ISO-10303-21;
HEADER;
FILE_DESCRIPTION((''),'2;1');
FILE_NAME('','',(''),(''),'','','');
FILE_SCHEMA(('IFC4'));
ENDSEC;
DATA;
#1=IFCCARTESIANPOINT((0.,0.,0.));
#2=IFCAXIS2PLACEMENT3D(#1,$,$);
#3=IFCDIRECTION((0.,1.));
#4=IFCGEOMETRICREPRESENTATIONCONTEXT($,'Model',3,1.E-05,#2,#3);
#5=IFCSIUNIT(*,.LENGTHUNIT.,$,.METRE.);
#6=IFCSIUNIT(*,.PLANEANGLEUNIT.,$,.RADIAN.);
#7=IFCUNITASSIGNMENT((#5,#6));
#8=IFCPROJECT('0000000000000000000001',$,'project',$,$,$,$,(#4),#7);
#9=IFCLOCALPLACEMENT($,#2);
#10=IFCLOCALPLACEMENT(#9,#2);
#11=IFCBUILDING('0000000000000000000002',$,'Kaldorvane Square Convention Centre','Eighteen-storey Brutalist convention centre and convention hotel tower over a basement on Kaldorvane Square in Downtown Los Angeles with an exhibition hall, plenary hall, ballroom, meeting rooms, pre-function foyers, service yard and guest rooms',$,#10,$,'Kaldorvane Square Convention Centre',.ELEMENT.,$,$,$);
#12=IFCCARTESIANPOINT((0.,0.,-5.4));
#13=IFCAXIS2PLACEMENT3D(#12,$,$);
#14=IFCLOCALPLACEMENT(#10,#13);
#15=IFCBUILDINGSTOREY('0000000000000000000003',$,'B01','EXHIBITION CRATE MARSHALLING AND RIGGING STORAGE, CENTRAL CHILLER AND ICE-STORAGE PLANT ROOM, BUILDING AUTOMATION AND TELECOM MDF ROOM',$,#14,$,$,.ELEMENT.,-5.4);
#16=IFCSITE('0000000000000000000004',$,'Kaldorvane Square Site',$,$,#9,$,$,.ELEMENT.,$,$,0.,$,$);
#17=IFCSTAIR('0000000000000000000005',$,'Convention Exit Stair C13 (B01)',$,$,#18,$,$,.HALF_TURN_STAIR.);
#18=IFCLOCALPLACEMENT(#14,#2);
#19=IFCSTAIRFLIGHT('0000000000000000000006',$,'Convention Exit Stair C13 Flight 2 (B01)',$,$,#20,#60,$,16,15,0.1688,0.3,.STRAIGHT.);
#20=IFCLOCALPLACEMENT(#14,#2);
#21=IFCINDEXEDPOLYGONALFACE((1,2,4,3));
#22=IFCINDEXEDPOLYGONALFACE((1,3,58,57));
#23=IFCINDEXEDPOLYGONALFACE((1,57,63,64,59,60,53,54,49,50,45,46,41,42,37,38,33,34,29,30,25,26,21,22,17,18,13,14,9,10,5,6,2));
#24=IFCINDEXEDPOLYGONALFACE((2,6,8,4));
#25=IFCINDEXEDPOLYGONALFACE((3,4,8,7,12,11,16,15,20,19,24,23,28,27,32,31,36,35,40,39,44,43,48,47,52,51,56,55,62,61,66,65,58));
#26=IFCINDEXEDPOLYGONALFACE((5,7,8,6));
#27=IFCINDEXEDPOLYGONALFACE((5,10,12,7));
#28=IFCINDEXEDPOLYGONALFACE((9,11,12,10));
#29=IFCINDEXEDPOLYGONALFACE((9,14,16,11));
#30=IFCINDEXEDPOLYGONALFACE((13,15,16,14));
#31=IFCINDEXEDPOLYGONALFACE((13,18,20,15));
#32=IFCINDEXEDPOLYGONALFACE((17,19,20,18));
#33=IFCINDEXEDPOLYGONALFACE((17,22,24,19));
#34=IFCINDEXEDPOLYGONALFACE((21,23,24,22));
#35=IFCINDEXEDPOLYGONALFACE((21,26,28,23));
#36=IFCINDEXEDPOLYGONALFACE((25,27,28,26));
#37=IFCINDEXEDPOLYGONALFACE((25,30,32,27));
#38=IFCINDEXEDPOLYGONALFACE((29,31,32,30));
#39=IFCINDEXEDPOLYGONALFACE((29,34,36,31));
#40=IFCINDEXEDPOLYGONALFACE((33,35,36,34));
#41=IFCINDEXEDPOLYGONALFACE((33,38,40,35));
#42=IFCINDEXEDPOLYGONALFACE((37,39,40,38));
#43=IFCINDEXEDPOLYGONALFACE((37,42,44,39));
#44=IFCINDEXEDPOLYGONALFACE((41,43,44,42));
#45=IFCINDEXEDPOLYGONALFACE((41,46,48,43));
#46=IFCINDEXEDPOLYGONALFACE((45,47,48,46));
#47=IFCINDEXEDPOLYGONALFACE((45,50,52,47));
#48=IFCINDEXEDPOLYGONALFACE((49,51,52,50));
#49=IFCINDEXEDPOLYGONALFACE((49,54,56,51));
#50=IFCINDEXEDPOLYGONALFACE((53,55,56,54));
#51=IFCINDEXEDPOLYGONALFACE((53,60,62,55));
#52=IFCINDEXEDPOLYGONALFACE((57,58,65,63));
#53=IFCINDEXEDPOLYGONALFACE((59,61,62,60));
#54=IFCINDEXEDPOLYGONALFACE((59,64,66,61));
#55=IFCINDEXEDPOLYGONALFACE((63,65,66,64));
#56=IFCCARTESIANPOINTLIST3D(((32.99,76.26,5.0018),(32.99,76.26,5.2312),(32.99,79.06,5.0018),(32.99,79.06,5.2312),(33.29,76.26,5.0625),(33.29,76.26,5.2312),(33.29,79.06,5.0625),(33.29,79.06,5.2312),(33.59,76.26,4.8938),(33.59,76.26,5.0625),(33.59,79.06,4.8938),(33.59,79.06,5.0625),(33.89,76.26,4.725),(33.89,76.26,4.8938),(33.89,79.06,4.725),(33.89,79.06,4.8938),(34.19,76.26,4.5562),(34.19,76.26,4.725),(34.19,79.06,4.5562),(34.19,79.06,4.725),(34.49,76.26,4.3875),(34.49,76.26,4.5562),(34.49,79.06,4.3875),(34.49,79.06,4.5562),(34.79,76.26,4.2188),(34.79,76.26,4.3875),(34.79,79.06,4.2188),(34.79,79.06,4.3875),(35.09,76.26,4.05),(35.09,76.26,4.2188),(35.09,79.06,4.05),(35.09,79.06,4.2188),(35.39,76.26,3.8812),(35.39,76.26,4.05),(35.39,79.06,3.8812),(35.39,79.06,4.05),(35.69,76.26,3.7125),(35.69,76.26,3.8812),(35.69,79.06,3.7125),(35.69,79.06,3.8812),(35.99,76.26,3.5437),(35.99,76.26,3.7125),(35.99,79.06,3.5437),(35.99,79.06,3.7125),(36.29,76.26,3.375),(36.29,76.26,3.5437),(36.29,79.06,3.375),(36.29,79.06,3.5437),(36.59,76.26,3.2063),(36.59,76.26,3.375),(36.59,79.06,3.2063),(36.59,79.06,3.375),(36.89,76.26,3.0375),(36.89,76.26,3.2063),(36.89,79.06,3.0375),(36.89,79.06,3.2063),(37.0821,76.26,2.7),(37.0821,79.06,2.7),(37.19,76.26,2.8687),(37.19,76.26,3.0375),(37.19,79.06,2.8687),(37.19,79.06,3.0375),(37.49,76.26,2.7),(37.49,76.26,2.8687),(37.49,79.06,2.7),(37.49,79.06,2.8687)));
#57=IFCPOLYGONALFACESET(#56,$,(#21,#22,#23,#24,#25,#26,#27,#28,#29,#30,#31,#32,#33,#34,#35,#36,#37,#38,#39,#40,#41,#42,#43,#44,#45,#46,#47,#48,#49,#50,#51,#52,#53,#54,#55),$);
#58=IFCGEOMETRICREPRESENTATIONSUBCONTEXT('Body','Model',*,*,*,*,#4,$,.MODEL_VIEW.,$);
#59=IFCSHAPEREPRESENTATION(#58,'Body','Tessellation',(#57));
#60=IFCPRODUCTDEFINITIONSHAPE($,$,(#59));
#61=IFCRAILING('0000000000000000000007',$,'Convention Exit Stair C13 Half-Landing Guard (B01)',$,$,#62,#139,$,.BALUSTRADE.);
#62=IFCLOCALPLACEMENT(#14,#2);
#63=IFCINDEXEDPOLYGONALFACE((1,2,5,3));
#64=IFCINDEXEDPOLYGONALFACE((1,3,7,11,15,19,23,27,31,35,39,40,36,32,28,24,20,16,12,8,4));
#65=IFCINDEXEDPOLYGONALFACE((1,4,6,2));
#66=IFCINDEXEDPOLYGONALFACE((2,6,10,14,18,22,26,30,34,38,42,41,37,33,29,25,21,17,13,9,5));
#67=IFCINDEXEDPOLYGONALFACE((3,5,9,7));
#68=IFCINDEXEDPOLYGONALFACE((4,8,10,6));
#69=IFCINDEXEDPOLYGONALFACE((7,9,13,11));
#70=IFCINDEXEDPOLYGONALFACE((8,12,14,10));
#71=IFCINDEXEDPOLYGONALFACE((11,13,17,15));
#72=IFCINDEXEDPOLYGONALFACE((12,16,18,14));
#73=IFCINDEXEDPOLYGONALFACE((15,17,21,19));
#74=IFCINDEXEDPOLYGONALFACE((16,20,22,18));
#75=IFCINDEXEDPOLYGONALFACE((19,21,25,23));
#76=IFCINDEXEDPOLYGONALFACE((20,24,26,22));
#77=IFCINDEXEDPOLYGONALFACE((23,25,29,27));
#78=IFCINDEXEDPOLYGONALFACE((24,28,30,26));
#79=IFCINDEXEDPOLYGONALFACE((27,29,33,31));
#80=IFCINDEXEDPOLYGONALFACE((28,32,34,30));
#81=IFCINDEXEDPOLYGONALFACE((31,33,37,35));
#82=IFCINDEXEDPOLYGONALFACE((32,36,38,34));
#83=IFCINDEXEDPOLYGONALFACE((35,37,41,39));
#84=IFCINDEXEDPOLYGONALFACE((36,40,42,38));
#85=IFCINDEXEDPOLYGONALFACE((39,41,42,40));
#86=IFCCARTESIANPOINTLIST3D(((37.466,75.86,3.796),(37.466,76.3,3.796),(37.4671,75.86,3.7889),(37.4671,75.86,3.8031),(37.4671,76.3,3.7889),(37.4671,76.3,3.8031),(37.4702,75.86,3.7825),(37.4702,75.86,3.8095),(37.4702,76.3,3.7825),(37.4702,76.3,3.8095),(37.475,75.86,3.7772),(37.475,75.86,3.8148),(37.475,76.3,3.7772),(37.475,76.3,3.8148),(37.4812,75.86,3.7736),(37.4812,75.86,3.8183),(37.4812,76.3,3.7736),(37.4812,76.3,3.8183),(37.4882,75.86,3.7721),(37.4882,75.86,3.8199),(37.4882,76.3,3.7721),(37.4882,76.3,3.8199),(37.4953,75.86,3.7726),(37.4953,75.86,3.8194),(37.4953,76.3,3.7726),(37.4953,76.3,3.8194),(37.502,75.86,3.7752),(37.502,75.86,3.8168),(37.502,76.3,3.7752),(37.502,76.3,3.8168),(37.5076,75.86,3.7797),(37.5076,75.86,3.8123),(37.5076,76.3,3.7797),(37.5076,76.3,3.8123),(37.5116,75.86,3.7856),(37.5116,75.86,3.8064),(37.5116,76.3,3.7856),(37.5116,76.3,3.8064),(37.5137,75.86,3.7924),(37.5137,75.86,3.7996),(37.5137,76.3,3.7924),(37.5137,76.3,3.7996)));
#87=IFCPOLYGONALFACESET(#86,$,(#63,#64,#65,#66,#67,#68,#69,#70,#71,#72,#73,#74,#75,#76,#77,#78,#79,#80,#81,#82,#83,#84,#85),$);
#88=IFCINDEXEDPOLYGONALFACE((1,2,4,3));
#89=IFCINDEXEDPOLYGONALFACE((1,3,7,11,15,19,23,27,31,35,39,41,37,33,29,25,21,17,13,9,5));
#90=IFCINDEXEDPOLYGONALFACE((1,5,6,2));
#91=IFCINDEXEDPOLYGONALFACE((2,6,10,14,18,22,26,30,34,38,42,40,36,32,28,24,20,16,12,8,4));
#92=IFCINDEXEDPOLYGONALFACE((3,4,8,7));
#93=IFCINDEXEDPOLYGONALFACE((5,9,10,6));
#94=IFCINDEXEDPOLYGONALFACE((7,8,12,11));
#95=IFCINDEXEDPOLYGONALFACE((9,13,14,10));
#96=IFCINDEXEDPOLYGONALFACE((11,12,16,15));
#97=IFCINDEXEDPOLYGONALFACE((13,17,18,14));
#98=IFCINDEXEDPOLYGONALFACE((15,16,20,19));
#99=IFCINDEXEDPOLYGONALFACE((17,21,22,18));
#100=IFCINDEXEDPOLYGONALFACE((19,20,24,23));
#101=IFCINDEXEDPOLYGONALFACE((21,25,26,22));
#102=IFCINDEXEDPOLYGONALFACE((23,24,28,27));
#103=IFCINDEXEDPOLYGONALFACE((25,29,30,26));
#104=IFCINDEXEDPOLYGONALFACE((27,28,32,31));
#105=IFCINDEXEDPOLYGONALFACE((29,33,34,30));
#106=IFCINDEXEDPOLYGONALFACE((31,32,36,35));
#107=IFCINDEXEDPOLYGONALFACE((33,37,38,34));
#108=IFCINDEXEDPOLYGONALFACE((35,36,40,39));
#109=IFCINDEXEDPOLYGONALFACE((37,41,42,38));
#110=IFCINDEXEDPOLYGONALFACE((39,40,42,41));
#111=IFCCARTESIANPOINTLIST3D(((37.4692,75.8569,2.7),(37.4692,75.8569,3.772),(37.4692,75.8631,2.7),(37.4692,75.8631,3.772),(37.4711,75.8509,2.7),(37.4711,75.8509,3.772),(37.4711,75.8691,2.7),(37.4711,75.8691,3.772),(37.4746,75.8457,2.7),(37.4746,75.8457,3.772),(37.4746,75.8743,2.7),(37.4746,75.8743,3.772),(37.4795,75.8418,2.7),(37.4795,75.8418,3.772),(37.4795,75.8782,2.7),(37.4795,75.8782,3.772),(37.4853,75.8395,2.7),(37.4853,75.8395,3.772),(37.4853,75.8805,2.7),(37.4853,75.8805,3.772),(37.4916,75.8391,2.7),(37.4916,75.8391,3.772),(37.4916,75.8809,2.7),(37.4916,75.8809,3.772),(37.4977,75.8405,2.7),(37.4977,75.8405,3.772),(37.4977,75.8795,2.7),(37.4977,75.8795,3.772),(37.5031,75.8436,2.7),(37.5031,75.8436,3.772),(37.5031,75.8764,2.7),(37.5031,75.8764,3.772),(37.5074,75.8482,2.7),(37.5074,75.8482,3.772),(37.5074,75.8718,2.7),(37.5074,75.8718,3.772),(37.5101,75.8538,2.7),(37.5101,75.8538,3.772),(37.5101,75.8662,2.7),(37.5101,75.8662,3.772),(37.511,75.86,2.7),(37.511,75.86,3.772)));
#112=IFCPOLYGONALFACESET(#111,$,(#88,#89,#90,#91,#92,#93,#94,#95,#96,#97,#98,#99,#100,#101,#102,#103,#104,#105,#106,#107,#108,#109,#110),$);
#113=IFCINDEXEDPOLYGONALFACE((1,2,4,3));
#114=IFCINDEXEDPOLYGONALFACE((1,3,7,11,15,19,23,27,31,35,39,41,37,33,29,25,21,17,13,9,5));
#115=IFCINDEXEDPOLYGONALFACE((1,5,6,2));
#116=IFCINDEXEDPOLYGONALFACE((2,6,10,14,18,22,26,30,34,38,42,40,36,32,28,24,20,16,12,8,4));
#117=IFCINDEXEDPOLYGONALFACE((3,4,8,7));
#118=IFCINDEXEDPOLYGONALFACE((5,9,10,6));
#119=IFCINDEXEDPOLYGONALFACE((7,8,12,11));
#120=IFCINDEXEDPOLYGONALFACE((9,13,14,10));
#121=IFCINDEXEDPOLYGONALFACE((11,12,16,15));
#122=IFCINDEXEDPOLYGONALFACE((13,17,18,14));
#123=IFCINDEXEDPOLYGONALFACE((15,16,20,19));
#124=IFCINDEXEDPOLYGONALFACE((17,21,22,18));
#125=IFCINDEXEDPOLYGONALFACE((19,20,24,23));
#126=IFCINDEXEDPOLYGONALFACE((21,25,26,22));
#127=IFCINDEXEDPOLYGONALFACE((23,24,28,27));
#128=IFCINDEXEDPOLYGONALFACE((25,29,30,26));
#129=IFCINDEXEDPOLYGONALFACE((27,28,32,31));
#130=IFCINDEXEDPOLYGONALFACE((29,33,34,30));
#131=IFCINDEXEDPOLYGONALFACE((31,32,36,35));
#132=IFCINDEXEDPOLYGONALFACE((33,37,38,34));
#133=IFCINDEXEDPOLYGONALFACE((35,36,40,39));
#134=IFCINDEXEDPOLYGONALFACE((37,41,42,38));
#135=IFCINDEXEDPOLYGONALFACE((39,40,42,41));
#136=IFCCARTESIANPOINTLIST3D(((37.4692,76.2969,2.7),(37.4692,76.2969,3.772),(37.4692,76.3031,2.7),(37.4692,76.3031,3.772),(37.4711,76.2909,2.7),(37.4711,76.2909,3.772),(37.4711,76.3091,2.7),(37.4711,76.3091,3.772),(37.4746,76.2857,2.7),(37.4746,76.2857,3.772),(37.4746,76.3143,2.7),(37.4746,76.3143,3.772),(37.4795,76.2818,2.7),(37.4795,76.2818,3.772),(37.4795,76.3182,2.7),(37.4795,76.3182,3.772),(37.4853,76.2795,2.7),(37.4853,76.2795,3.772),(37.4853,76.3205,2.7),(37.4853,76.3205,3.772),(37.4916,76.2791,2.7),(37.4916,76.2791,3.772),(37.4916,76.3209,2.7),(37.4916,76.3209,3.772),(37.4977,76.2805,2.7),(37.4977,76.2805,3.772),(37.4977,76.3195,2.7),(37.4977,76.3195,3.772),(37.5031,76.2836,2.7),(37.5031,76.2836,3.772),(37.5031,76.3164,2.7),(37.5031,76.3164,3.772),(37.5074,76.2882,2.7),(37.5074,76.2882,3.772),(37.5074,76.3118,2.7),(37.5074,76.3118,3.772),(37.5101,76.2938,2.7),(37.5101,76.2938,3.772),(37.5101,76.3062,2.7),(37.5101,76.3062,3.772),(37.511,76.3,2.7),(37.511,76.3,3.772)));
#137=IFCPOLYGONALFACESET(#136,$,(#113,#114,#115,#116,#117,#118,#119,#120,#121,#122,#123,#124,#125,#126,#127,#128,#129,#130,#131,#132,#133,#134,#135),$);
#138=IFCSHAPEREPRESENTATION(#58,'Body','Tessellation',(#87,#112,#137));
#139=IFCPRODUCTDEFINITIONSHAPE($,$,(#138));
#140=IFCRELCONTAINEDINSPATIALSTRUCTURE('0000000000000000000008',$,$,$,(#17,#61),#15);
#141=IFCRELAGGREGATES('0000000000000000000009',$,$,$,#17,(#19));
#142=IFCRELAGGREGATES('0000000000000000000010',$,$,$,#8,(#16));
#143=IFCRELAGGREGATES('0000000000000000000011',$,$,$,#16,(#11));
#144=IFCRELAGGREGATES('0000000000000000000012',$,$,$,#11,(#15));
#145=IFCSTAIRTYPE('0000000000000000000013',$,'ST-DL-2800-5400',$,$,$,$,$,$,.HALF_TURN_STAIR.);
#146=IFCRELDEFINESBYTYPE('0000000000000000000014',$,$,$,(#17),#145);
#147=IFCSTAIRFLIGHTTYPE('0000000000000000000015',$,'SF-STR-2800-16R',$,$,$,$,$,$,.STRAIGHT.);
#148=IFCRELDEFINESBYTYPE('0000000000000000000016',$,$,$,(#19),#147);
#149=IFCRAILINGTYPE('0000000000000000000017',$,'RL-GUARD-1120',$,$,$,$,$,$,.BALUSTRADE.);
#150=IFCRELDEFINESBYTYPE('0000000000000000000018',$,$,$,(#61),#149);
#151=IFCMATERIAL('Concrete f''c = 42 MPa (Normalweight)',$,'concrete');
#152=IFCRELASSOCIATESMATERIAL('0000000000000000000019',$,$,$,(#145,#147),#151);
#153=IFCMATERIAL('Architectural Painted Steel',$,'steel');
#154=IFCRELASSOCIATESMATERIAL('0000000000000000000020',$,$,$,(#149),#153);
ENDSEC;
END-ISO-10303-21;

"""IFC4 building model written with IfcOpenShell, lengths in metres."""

from ifc_helpers import new_model, si_unit, direction, frame, origin, origin_2d, place, context, subcontext, project, spatial, polyline, circle, outline, extrude, material, type_object, element, aggregate, save


model = new_model("IFC4")

# Units and contexts
model_context = context("Model", 3, precision=1e-05, world=origin(), true_north=direction((0.0, 1.0)))
body_context = subcontext(model_context, "Body", "Model", "MODEL_VIEW")
ifc_project = project(units=[si_unit("LENGTHUNIT", "METRE"), si_unit("PLANEANGLEUNIT", "RADIAN")], contexts=[model_context])

# Site, building, storey
site_placement = place(None, origin())
site = spatial("IfcSite", under=ifc_project, at=site_placement, Name="Kaldorvane Square Site", CompositionType="ELEMENT", RefElevation=0.0)
building_placement = place(site_placement, origin())
building = spatial("IfcBuilding", under=site, at=building_placement, Name="Kaldorvane Square Convention Centre", Description="Eighteen-storey Brutalist convention centre and convention hotel tower over a basement on Kaldorvane Square in Downtown Los Angeles with an exhibition hall, plenary hall, ballroom, meeting rooms, pre-function foyers, service yard and guest rooms", LongName="Kaldorvane Square Convention Centre", CompositionType="ELEMENT")
storey_placement = place(building_placement, frame((0.0, 0.0, -5.4)))
storey = spatial("IfcBuildingStorey", under=building, at=storey_placement, Name="B01", Description="EXHIBITION CRATE MARSHALLING AND RIGGING STORAGE, CENTRAL CHILLER AND ICE-STORAGE PLANT ROOM, BUILDING AUTOMATION AND TELECOM MDF ROOM", CompositionType="ELEMENT", Elevation=-5.4)

# Shared definitions
ifc_material_1 = material(Name="Concrete f'c = 42 MPa (Normalweight)", Category="concrete")

# Stair, stair flight
stair_type = type_object("IfcStairType", Name="ST-DL-2800-5400", PredefinedType="HALF_TURN_STAIR", material=ifc_material_1)
stair_placement = place(storey_placement, origin())
stair = element("IfcStair", 1, at=stair_placement, inside=storey, type_object=stair_type, Name="Convention Exit Stair C13 (B01)", PredefinedType="HALF_TURN_STAIR")
stair_flight_type = type_object("IfcStairFlightType", Name="SF-STR-2800-16R", PredefinedType="STRAIGHT", material=ifc_material_1)
stair_flight_placement = place(storey_placement, frame((37.49, 77.66, 2.7), z_axis=(0.0, 0.0, 1.0), x_axis=(-1.0, 0.0, 0.0)))
stair_flight = element("IfcStairFlight", 2, at=stair_flight_placement, type_object=stair_flight_type, Name="Convention Exit Stair C13 Flight 2 (B01)", NumberOfRisers=16, NumberOfTreads=15, PredefinedType="STRAIGHT", RiserHeight=0.1688, TreadLength=0.3, context=body_context, shape_type="SweptSolid", body=[
    extrude(outline(polyline([(0.0, 0.0), (0.0, 0.1687), (0.3, 0.1687), (0.3, 0.3375), (0.6, 0.3375), (0.6, 0.5063), (0.9, 0.5063), (0.9, 0.675), (1.2, 0.675), (1.2, 0.8438), (1.5, 0.8438), (1.5, 1.0125), (1.8, 1.0125), (1.8, 1.1812), (2.1, 1.1812), (2.1, 1.35), (2.4, 1.35), (2.4, 1.5188), (2.7, 1.5188), (2.7, 1.6875), (3.0, 1.6875), (3.0, 1.8562), (3.3, 1.8562), (3.3, 2.025), (3.6, 2.025), (3.6, 2.1938), (3.9, 2.1938), (3.9, 2.3625), (4.2, 2.3625), (4.2, 2.5312), (4.5, 2.5312), (4.5, 2.7), (4.5, 2.3018), (0.4079, 0.0), (0.0, 0.0)])), frame((0.0, 1.4, 0.0), z_axis=(0.0, -1.0, 0.0), x_axis=(1.0, 0.0, 0.0)), (0.0, 0.0, 1.0), 2.8),
])
aggregate(stair, [stair_flight])

# Railing
ifc_material_2 = material(Name="Architectural Painted Steel", Category="steel")
railing_type_1 = type_object("IfcRailingType", Name="RL-GUARD-1120", PredefinedType="BALUSTRADE", material=ifc_material_2)
railing_1_placement = place(storey_placement, frame((37.49, 75.86, 2.7)))
element("IfcRailing", 3, at=railing_1_placement, inside=storey, type_object=railing_type_1, Name="Convention Exit Stair C13 Half-Landing Guard (B01)", PredefinedType="BALUSTRADE", context=body_context, shape_type="SweptSolid", body=[
    extrude(circle(Radius=0.024, at=origin_2d()), frame((0.0, 0.0, 1.096), z_axis=(0.0, 1.0, 0.0), x_axis=(-1.0, 0.0, 0.0)), (0.0, 0.0, 1.0), 0.44),
    extrude(circle(Radius=0.021, at=origin_2d()), origin(), (0.0, 0.0, 1.0), 1.072),
    extrude(circle(Radius=0.021, at=origin_2d()), frame((0.0, 0.44, 0.0)), (0.0, 0.0, 1.0), 1.072),
])

save(model, "model.ifc")
